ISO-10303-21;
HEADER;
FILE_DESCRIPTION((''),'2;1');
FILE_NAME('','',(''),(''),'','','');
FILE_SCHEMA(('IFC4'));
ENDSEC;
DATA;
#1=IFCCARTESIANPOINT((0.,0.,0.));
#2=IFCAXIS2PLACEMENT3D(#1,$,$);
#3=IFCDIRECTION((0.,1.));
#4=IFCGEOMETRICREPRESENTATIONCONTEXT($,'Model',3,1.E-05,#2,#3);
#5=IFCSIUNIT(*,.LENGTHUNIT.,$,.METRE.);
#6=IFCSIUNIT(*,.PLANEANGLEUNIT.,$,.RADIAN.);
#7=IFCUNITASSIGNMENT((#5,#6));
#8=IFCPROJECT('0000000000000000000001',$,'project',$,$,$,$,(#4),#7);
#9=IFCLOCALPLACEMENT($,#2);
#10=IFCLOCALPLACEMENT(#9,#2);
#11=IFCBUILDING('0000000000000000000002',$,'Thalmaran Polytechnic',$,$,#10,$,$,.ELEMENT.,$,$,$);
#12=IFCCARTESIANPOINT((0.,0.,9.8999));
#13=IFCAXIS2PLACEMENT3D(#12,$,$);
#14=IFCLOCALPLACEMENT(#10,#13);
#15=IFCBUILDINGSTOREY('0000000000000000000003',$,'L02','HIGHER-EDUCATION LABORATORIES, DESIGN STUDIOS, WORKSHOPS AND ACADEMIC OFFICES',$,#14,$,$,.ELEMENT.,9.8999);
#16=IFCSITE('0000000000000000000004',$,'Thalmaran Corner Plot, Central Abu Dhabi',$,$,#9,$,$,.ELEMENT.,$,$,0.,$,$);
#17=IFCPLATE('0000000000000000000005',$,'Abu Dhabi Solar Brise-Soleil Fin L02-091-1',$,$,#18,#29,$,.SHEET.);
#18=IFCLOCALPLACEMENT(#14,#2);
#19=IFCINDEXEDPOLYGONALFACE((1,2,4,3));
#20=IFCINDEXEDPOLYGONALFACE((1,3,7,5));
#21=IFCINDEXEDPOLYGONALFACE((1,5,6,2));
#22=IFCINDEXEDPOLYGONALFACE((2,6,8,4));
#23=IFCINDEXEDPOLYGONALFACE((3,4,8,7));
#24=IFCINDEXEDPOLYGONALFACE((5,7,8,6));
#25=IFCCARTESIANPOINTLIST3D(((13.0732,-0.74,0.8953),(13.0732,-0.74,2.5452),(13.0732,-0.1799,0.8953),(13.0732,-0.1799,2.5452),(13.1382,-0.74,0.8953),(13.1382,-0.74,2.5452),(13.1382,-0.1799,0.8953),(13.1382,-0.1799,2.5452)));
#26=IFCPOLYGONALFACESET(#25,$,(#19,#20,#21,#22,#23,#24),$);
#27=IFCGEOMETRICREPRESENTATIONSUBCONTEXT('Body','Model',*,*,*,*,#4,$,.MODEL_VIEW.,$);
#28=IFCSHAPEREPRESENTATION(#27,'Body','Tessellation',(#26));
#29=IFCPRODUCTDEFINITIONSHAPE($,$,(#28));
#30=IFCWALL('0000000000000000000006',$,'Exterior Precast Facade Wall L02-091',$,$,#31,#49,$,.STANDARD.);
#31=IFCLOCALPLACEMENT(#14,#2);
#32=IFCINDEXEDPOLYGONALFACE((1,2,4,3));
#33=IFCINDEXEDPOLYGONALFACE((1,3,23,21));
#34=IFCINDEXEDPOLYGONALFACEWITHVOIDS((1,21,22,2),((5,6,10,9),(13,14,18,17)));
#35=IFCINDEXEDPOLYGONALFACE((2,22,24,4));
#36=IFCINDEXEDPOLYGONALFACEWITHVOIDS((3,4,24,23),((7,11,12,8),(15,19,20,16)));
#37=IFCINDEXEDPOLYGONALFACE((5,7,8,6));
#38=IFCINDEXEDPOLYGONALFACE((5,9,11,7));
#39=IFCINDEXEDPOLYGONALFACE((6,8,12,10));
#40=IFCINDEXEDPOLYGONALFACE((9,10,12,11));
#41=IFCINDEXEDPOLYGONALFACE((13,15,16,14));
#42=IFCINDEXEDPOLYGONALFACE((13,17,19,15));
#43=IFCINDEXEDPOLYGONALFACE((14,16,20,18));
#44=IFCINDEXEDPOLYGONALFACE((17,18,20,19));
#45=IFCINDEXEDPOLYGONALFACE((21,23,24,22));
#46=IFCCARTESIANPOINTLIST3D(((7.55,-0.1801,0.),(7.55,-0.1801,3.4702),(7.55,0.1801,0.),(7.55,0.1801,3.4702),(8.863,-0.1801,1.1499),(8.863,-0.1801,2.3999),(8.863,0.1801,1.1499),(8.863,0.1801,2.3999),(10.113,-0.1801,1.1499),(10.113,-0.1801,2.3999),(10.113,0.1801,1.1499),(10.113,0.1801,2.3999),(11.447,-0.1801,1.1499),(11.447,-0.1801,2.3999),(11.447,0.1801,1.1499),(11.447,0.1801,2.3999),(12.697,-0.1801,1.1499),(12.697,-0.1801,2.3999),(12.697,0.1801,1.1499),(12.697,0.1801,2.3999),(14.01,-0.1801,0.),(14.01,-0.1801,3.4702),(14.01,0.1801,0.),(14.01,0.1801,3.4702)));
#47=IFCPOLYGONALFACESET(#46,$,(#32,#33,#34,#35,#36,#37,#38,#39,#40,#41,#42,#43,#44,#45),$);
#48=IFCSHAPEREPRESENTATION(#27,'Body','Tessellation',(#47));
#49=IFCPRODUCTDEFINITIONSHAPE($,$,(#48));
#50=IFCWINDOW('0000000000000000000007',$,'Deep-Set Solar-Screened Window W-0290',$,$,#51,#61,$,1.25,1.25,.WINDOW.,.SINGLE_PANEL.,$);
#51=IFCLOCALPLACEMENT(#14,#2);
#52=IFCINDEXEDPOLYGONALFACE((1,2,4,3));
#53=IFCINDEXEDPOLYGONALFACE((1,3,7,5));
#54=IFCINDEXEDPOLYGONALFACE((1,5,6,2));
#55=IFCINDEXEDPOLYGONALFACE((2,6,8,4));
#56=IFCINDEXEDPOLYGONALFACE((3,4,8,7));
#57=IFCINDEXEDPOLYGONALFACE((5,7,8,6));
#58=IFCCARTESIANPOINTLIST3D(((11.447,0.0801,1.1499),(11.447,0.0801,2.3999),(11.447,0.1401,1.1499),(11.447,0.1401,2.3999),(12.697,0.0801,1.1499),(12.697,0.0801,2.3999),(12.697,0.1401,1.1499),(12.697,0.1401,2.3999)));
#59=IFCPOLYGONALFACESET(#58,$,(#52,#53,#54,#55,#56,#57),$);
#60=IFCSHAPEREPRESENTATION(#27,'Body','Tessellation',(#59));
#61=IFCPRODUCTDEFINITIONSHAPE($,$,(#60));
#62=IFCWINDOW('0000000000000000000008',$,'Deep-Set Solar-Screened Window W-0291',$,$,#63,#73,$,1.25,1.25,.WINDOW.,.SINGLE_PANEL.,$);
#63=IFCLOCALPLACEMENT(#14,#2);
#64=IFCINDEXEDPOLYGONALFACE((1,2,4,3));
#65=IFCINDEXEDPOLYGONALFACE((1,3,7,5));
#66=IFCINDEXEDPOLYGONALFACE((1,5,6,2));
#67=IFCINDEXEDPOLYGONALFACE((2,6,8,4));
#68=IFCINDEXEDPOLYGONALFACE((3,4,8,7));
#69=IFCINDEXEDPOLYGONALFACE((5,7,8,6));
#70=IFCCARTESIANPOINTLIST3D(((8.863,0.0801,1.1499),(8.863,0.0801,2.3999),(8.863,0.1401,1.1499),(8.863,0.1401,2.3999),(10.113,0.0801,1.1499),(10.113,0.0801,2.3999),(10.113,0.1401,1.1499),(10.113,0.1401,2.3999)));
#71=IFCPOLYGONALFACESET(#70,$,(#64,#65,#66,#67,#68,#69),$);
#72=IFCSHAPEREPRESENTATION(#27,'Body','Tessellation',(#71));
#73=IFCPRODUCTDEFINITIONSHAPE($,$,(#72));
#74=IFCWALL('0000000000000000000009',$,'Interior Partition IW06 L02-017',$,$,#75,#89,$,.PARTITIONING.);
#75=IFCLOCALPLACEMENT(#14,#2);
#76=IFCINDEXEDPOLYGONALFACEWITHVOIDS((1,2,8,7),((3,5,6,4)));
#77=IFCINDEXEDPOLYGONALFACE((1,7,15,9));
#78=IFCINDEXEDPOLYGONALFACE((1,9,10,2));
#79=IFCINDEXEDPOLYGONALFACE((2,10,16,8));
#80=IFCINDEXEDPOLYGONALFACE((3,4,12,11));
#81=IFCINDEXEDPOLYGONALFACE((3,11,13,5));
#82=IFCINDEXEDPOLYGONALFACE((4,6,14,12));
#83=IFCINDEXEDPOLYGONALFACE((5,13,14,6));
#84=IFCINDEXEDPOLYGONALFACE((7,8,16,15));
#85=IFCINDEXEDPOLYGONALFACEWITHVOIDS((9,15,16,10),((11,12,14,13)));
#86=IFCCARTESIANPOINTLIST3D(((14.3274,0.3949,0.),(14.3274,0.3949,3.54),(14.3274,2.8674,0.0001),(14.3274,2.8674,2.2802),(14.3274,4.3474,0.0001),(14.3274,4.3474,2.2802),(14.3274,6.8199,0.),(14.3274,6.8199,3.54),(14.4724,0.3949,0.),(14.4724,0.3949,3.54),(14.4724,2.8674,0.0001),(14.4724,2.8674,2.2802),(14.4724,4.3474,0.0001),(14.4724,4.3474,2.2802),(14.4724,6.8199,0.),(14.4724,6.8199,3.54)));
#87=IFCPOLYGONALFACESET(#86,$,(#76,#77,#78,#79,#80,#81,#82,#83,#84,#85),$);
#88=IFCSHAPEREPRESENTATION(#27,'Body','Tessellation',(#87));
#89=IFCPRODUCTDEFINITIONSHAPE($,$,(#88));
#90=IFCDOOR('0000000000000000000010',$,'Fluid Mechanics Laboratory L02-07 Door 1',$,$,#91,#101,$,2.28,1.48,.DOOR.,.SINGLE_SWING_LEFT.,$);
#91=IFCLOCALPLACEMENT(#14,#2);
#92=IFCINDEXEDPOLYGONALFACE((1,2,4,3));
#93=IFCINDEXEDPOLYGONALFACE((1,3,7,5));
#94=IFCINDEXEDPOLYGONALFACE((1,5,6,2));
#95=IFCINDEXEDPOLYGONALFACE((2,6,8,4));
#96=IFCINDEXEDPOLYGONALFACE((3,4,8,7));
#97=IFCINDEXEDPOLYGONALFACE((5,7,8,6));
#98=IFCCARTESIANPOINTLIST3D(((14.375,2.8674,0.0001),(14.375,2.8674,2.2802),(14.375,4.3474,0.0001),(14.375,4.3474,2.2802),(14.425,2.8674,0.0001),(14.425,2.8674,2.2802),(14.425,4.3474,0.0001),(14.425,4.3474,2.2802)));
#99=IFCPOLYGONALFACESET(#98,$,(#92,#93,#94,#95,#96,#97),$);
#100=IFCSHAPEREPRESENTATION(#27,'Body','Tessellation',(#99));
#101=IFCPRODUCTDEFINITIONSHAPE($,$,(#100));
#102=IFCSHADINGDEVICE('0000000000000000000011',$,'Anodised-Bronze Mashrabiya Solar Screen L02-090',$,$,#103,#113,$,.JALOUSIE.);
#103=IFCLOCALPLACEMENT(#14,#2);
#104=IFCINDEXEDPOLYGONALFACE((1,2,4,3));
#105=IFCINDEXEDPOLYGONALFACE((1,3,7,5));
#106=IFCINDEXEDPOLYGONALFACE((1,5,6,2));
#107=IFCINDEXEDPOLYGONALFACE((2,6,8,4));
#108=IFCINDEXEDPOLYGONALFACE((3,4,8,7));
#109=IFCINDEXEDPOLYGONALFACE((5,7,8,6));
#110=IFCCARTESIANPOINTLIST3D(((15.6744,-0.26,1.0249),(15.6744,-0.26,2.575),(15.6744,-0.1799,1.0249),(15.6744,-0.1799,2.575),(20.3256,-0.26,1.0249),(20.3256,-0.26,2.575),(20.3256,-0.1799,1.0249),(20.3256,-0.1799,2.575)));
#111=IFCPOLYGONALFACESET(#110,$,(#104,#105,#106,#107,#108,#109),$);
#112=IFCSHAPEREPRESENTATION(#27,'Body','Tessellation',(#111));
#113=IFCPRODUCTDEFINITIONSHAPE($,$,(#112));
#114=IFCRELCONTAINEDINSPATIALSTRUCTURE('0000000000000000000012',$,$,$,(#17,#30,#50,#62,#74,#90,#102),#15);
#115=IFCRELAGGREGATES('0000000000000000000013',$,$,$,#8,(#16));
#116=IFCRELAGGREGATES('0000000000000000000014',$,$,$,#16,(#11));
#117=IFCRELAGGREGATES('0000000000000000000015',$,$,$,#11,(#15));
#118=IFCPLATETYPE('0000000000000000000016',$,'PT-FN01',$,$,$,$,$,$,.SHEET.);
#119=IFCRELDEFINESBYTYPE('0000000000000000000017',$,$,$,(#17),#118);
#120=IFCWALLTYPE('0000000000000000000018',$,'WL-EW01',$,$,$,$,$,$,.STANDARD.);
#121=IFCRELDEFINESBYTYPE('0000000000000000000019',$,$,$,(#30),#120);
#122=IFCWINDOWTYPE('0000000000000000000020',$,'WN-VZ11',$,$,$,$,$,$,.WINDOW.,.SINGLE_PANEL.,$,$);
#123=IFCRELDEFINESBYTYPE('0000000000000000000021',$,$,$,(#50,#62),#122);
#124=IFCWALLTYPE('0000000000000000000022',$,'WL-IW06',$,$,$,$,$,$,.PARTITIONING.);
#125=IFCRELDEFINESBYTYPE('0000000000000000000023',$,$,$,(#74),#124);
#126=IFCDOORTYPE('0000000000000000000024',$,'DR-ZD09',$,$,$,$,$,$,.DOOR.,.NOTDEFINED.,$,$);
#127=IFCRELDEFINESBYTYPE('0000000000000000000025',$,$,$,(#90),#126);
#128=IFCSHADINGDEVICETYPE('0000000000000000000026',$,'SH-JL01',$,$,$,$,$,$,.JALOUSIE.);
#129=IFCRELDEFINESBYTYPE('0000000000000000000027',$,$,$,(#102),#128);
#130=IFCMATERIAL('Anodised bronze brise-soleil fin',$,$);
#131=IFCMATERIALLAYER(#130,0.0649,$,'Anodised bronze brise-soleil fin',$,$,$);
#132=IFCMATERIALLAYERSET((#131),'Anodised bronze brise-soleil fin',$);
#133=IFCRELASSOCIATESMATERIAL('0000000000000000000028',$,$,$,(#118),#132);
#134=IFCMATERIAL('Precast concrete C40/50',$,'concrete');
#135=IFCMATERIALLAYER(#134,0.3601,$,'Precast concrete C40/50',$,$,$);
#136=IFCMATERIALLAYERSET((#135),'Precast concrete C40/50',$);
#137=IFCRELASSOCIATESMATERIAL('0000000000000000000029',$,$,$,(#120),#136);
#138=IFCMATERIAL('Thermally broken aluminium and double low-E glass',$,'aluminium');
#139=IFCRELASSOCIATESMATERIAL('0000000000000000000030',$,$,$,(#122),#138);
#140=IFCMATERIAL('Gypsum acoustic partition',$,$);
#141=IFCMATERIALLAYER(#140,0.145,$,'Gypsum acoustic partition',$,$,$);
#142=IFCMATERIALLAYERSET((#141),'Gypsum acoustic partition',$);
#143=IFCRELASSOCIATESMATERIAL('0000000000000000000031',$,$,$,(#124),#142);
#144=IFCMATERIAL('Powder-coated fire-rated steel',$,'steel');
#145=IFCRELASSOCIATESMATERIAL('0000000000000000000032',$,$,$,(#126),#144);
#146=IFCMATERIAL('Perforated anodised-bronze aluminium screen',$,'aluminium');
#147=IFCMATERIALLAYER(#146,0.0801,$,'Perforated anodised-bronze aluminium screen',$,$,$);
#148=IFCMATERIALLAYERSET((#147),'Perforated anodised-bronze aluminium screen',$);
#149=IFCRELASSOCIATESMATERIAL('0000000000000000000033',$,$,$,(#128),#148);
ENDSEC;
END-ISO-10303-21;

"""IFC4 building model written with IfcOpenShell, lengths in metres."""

from ifc_helpers import new_model, si_unit, direction, frame, frame_2d, origin, origin_2d, place, context, subcontext, project, spatial, rectangle, extrude, material, layer, layer_set, type_object, element, fill, save


model = new_model("IFC4")

# Units and contexts
model_context = context("Model", 3, precision=1e-05, world=origin(), true_north=direction((0.0, 1.0)))
body_context = subcontext(model_context, "Body", "Model", "MODEL_VIEW")
ifc_project = project(units=[si_unit("LENGTHUNIT", "METRE"), si_unit("PLANEANGLEUNIT", "RADIAN")], contexts=[model_context])

# Site, building, storey
site_placement = place(None, origin())
site = spatial("IfcSite", under=ifc_project, at=site_placement, Name="Thalmaran Corner Plot, Central Abu Dhabi", CompositionType="ELEMENT", RefElevation=0.0)
building_placement = place(site_placement, origin())
building = spatial("IfcBuilding", under=site, at=building_placement, Name="Thalmaran Polytechnic", CompositionType="ELEMENT")
storey_placement = place(building_placement, frame((0.0, 0.0, 9.8999)))
storey = spatial("IfcBuildingStorey", under=building, at=storey_placement, Name="L02", Description="HIGHER-EDUCATION LABORATORIES, DESIGN STUDIOS, WORKSHOPS AND ACADEMIC OFFICES", CompositionType="ELEMENT", Elevation=9.8999)

# Plate
ifc_material_1 = material(Name="Anodised bronze brise-soleil fin")
ifc_layer_1 = layer(ifc_material_1, 0.0649, Name="Anodised bronze brise-soleil fin")
ifc_layer_set_1 = layer_set([ifc_layer_1], Name="Anodised bronze brise-soleil fin")
plate_type_1 = type_object("IfcPlateType", Name="PT-FN01", PredefinedType="SHEET", material=ifc_layer_set_1)
for number, where, z_axis, x_axis, name in (
    (1, (13.1057, -0.46, 0.8953), (0.0, 0.0, 1.0), (-1.0, 0.0, 0.0), "Abu Dhabi Solar Brise-Soleil Fin L02-091-1"),
):
    element("IfcPlate", number, at=place(storey_placement, frame(where, z_axis=z_axis, x_axis=x_axis)), inside=storey, type_object=plate_type_1, Name=name, PredefinedType="SHEET", context=body_context, shape_type="SweptSolid", body=[
        extrude(rectangle(XDim=0.0649, YDim=0.5601, at=origin_2d()), origin(), (0.0, 0.0, 1.0), 1.6499),
    ])

# Wall, openings, windows
ifc_material_2 = material(Name="Precast concrete C40/50", Category="concrete")
ifc_layer_2 = layer(ifc_material_2, 0.3601, Name="Precast concrete C40/50")
ifc_layer_set_2 = layer_set([ifc_layer_2], Name="Precast concrete C40/50")
wall_type_1 = type_object("IfcWallType", Name="WL-EW01", PredefinedType="STANDARD", material=ifc_layer_set_2)
wall_1_placement = place(storey_placement, frame((14.01, 0.0, 0.0), z_axis=(0.0, 0.0, 1.0), x_axis=(-1.0, 0.0, 0.0)))
wall_1 = element("IfcWall", 2, at=wall_1_placement, inside=storey, type_object=wall_type_1, Name="Exterior Precast Facade Wall L02-091", PredefinedType="STANDARD", context=body_context, shape_type="SweptSolid", body=[
    extrude(rectangle(XDim=6.46, YDim=0.3601, at=frame_2d((3.23, 0.0))), origin(), (0.0, 0.0, 1.0), 3.4702),
])
opening_1_placement = place(wall_1_placement, frame((1.313, 0.0, 1.1499)))
opening_1 = element("IfcOpeningElement", 3, at=opening_1_placement, cuts=wall_1, PredefinedType="OPENING", context=body_context, shape_type="SweptSolid", body=[
    extrude(rectangle(XDim=1.25, YDim=1.25, at=frame_2d((0.625, 0.625))), frame((0.0, 0.1899, 0.0), z_axis=(0.0, -1.0, 0.0), x_axis=(1.0, 0.0, 0.0)), (0.0, 0.0, 1.0), 0.3801),
])
opening_2_placement = place(wall_1_placement, frame((3.897, 0.0, 1.1499)))
opening_2 = element("IfcOpeningElement", 4, at=opening_2_placement, cuts=wall_1, PredefinedType="OPENING", context=body_context, shape_type="SweptSolid", body=[
    extrude(rectangle(XDim=1.25, YDim=1.25, at=frame_2d((0.625, 0.625))), frame((0.0, 0.1899, 0.0), z_axis=(0.0, -1.0, 0.0), x_axis=(1.0, 0.0, 0.0)), (0.0, 0.0, 1.0), 0.3801),
])
ifc_material_3 = material(Name="Thermally broken aluminium and double low-E glass", Category="aluminium")
window_type = type_object("IfcWindowType", Name="WN-VZ11", PartitioningType="SINGLE_PANEL", PredefinedType="WINDOW", material=ifc_material_3)
window_1_placement = place(opening_1_placement, origin())
window_1 = element("IfcWindow", 5, at=window_1_placement, inside=storey, type_object=window_type, Name="Deep-Set Solar-Screened Window W-0290", OverallHeight=1.25, OverallWidth=1.25, PartitioningType="SINGLE_PANEL", PredefinedType="WINDOW", context=body_context, shape_type="SweptSolid", body=[
    extrude(rectangle(XDim=1.25, YDim=1.25, at=frame_2d((0.625, 0.625))), frame((0.0, -0.0801, 0.0), z_axis=(0.0, -1.0, 0.0), x_axis=(1.0, 0.0, 0.0)), (0.0, 0.0, 1.0), 0.0601),
])
fill(opening_1, window_1)
window_2_placement = place(opening_2_placement, origin())
window_2 = element("IfcWindow", 6, at=window_2_placement, inside=storey, type_object=window_type, Name="Deep-Set Solar-Screened Window W-0291", OverallHeight=1.25, OverallWidth=1.25, PartitioningType="SINGLE_PANEL", PredefinedType="WINDOW", context=body_context, shape_type="SweptSolid", body=[
    extrude(rectangle(XDim=1.25, YDim=1.25, at=frame_2d((0.625, 0.625))), frame((0.0, -0.0801, 0.0), z_axis=(0.0, -1.0, 0.0), x_axis=(1.0, 0.0, 0.0)), (0.0, 0.0, 1.0), 0.0601),
])
fill(opening_2, window_2)

# Wall, opening, door
ifc_material_4 = material(Name="Gypsum acoustic partition")
ifc_layer_3 = layer(ifc_material_4, 0.145, Name="Gypsum acoustic partition")
ifc_layer_set_3 = layer_set([ifc_layer_3], Name="Gypsum acoustic partition")
wall_type_2 = type_object("IfcWallType", Name="WL-IW06", PredefinedType="PARTITIONING", material=ifc_layer_set_3)
wall_2_placement = place(storey_placement, frame((14.3999, 0.395, 0.0), z_axis=(0.0, 0.0, 1.0), x_axis=(0.0, 1.0, 0.0)))
wall_2 = element("IfcWall", 7, at=wall_2_placement, inside=storey, type_object=wall_type_2, Name="Interior Partition IW06 L02-017", PredefinedType="PARTITIONING", context=body_context, shape_type="SweptSolid", body=[
    extrude(rectangle(XDim=6.425, YDim=0.145, at=frame_2d((3.2124, 0.0))), origin(), (0.0, 0.0, 1.0), 3.54),
])
opening_3_placement = place(wall_2_placement, frame((2.4724, 0.0, 0.0)))
opening_3 = element("IfcOpeningElement", 8, at=opening_3_placement, cuts=wall_2, PredefinedType="OPENING", context=body_context, shape_type="SweptSolid", body=[
    extrude(rectangle(XDim=1.48, YDim=2.28, at=frame_2d((0.74, 1.1401))), frame((0.0, 0.0825, 0.0), z_axis=(0.0, -1.0, 0.0), x_axis=(1.0, 0.0, 0.0)), (0.0, 0.0, 1.0), 0.165),
])
ifc_material_5 = material(Name="Powder-coated fire-rated steel", Category="steel")
door_type = type_object("IfcDoorType", Name="DR-ZD09", OperationType="NOTDEFINED", PredefinedType="DOOR", material=ifc_material_5)
door_placement = place(opening_3_placement, origin())
door = element("IfcDoor", 9, at=door_placement, inside=storey, type_object=door_type, Name="Fluid Mechanics Laboratory L02-07 Door 1", OperationType="SINGLE_SWING_LEFT", OverallHeight=2.28, OverallWidth=1.48, PredefinedType="DOOR", context=body_context, shape_type="SweptSolid", body=[
    extrude(rectangle(XDim=1.48, YDim=2.28, at=frame_2d((0.74, 1.1401))), frame((0.0, 0.0249, 0.0), z_axis=(0.0, -1.0, 0.0), x_axis=(1.0, 0.0, 0.0)), (0.0, 0.0, 1.0), 0.05),
])
fill(opening_3, door)

# Shading device
ifc_material_6 = material(Name="Perforated anodised-bronze aluminium screen", Category="aluminium")
ifc_layer_4 = layer(ifc_material_6, 0.0801, Name="Perforated anodised-bronze aluminium screen")
ifc_layer_set_4 = layer_set([ifc_layer_4], Name="Perforated anodised-bronze aluminium screen")
shading_device_type = type_object("IfcShadingDeviceType", Name="SH-JL01", PredefinedType="JALOUSIE", material=ifc_layer_set_4)
shading_device_placement = place(storey_placement, frame((18.0, -0.22, 1.0249), z_axis=(0.0, 0.0, 1.0), x_axis=(-1.0, 0.0, 0.0)))
element("IfcShadingDevice", 10, at=shading_device_placement, inside=storey, type_object=shading_device_type, Name="Anodised-Bronze Mashrabiya Solar Screen L02-090", PredefinedType="JALOUSIE", context=body_context, shape_type="SweptSolid", body=[
    extrude(rectangle(XDim=4.6511, YDim=0.0801, at=origin_2d()), origin(), (0.0, 0.0, 1.0), 1.55),
])

save(model, "model.ifc")
